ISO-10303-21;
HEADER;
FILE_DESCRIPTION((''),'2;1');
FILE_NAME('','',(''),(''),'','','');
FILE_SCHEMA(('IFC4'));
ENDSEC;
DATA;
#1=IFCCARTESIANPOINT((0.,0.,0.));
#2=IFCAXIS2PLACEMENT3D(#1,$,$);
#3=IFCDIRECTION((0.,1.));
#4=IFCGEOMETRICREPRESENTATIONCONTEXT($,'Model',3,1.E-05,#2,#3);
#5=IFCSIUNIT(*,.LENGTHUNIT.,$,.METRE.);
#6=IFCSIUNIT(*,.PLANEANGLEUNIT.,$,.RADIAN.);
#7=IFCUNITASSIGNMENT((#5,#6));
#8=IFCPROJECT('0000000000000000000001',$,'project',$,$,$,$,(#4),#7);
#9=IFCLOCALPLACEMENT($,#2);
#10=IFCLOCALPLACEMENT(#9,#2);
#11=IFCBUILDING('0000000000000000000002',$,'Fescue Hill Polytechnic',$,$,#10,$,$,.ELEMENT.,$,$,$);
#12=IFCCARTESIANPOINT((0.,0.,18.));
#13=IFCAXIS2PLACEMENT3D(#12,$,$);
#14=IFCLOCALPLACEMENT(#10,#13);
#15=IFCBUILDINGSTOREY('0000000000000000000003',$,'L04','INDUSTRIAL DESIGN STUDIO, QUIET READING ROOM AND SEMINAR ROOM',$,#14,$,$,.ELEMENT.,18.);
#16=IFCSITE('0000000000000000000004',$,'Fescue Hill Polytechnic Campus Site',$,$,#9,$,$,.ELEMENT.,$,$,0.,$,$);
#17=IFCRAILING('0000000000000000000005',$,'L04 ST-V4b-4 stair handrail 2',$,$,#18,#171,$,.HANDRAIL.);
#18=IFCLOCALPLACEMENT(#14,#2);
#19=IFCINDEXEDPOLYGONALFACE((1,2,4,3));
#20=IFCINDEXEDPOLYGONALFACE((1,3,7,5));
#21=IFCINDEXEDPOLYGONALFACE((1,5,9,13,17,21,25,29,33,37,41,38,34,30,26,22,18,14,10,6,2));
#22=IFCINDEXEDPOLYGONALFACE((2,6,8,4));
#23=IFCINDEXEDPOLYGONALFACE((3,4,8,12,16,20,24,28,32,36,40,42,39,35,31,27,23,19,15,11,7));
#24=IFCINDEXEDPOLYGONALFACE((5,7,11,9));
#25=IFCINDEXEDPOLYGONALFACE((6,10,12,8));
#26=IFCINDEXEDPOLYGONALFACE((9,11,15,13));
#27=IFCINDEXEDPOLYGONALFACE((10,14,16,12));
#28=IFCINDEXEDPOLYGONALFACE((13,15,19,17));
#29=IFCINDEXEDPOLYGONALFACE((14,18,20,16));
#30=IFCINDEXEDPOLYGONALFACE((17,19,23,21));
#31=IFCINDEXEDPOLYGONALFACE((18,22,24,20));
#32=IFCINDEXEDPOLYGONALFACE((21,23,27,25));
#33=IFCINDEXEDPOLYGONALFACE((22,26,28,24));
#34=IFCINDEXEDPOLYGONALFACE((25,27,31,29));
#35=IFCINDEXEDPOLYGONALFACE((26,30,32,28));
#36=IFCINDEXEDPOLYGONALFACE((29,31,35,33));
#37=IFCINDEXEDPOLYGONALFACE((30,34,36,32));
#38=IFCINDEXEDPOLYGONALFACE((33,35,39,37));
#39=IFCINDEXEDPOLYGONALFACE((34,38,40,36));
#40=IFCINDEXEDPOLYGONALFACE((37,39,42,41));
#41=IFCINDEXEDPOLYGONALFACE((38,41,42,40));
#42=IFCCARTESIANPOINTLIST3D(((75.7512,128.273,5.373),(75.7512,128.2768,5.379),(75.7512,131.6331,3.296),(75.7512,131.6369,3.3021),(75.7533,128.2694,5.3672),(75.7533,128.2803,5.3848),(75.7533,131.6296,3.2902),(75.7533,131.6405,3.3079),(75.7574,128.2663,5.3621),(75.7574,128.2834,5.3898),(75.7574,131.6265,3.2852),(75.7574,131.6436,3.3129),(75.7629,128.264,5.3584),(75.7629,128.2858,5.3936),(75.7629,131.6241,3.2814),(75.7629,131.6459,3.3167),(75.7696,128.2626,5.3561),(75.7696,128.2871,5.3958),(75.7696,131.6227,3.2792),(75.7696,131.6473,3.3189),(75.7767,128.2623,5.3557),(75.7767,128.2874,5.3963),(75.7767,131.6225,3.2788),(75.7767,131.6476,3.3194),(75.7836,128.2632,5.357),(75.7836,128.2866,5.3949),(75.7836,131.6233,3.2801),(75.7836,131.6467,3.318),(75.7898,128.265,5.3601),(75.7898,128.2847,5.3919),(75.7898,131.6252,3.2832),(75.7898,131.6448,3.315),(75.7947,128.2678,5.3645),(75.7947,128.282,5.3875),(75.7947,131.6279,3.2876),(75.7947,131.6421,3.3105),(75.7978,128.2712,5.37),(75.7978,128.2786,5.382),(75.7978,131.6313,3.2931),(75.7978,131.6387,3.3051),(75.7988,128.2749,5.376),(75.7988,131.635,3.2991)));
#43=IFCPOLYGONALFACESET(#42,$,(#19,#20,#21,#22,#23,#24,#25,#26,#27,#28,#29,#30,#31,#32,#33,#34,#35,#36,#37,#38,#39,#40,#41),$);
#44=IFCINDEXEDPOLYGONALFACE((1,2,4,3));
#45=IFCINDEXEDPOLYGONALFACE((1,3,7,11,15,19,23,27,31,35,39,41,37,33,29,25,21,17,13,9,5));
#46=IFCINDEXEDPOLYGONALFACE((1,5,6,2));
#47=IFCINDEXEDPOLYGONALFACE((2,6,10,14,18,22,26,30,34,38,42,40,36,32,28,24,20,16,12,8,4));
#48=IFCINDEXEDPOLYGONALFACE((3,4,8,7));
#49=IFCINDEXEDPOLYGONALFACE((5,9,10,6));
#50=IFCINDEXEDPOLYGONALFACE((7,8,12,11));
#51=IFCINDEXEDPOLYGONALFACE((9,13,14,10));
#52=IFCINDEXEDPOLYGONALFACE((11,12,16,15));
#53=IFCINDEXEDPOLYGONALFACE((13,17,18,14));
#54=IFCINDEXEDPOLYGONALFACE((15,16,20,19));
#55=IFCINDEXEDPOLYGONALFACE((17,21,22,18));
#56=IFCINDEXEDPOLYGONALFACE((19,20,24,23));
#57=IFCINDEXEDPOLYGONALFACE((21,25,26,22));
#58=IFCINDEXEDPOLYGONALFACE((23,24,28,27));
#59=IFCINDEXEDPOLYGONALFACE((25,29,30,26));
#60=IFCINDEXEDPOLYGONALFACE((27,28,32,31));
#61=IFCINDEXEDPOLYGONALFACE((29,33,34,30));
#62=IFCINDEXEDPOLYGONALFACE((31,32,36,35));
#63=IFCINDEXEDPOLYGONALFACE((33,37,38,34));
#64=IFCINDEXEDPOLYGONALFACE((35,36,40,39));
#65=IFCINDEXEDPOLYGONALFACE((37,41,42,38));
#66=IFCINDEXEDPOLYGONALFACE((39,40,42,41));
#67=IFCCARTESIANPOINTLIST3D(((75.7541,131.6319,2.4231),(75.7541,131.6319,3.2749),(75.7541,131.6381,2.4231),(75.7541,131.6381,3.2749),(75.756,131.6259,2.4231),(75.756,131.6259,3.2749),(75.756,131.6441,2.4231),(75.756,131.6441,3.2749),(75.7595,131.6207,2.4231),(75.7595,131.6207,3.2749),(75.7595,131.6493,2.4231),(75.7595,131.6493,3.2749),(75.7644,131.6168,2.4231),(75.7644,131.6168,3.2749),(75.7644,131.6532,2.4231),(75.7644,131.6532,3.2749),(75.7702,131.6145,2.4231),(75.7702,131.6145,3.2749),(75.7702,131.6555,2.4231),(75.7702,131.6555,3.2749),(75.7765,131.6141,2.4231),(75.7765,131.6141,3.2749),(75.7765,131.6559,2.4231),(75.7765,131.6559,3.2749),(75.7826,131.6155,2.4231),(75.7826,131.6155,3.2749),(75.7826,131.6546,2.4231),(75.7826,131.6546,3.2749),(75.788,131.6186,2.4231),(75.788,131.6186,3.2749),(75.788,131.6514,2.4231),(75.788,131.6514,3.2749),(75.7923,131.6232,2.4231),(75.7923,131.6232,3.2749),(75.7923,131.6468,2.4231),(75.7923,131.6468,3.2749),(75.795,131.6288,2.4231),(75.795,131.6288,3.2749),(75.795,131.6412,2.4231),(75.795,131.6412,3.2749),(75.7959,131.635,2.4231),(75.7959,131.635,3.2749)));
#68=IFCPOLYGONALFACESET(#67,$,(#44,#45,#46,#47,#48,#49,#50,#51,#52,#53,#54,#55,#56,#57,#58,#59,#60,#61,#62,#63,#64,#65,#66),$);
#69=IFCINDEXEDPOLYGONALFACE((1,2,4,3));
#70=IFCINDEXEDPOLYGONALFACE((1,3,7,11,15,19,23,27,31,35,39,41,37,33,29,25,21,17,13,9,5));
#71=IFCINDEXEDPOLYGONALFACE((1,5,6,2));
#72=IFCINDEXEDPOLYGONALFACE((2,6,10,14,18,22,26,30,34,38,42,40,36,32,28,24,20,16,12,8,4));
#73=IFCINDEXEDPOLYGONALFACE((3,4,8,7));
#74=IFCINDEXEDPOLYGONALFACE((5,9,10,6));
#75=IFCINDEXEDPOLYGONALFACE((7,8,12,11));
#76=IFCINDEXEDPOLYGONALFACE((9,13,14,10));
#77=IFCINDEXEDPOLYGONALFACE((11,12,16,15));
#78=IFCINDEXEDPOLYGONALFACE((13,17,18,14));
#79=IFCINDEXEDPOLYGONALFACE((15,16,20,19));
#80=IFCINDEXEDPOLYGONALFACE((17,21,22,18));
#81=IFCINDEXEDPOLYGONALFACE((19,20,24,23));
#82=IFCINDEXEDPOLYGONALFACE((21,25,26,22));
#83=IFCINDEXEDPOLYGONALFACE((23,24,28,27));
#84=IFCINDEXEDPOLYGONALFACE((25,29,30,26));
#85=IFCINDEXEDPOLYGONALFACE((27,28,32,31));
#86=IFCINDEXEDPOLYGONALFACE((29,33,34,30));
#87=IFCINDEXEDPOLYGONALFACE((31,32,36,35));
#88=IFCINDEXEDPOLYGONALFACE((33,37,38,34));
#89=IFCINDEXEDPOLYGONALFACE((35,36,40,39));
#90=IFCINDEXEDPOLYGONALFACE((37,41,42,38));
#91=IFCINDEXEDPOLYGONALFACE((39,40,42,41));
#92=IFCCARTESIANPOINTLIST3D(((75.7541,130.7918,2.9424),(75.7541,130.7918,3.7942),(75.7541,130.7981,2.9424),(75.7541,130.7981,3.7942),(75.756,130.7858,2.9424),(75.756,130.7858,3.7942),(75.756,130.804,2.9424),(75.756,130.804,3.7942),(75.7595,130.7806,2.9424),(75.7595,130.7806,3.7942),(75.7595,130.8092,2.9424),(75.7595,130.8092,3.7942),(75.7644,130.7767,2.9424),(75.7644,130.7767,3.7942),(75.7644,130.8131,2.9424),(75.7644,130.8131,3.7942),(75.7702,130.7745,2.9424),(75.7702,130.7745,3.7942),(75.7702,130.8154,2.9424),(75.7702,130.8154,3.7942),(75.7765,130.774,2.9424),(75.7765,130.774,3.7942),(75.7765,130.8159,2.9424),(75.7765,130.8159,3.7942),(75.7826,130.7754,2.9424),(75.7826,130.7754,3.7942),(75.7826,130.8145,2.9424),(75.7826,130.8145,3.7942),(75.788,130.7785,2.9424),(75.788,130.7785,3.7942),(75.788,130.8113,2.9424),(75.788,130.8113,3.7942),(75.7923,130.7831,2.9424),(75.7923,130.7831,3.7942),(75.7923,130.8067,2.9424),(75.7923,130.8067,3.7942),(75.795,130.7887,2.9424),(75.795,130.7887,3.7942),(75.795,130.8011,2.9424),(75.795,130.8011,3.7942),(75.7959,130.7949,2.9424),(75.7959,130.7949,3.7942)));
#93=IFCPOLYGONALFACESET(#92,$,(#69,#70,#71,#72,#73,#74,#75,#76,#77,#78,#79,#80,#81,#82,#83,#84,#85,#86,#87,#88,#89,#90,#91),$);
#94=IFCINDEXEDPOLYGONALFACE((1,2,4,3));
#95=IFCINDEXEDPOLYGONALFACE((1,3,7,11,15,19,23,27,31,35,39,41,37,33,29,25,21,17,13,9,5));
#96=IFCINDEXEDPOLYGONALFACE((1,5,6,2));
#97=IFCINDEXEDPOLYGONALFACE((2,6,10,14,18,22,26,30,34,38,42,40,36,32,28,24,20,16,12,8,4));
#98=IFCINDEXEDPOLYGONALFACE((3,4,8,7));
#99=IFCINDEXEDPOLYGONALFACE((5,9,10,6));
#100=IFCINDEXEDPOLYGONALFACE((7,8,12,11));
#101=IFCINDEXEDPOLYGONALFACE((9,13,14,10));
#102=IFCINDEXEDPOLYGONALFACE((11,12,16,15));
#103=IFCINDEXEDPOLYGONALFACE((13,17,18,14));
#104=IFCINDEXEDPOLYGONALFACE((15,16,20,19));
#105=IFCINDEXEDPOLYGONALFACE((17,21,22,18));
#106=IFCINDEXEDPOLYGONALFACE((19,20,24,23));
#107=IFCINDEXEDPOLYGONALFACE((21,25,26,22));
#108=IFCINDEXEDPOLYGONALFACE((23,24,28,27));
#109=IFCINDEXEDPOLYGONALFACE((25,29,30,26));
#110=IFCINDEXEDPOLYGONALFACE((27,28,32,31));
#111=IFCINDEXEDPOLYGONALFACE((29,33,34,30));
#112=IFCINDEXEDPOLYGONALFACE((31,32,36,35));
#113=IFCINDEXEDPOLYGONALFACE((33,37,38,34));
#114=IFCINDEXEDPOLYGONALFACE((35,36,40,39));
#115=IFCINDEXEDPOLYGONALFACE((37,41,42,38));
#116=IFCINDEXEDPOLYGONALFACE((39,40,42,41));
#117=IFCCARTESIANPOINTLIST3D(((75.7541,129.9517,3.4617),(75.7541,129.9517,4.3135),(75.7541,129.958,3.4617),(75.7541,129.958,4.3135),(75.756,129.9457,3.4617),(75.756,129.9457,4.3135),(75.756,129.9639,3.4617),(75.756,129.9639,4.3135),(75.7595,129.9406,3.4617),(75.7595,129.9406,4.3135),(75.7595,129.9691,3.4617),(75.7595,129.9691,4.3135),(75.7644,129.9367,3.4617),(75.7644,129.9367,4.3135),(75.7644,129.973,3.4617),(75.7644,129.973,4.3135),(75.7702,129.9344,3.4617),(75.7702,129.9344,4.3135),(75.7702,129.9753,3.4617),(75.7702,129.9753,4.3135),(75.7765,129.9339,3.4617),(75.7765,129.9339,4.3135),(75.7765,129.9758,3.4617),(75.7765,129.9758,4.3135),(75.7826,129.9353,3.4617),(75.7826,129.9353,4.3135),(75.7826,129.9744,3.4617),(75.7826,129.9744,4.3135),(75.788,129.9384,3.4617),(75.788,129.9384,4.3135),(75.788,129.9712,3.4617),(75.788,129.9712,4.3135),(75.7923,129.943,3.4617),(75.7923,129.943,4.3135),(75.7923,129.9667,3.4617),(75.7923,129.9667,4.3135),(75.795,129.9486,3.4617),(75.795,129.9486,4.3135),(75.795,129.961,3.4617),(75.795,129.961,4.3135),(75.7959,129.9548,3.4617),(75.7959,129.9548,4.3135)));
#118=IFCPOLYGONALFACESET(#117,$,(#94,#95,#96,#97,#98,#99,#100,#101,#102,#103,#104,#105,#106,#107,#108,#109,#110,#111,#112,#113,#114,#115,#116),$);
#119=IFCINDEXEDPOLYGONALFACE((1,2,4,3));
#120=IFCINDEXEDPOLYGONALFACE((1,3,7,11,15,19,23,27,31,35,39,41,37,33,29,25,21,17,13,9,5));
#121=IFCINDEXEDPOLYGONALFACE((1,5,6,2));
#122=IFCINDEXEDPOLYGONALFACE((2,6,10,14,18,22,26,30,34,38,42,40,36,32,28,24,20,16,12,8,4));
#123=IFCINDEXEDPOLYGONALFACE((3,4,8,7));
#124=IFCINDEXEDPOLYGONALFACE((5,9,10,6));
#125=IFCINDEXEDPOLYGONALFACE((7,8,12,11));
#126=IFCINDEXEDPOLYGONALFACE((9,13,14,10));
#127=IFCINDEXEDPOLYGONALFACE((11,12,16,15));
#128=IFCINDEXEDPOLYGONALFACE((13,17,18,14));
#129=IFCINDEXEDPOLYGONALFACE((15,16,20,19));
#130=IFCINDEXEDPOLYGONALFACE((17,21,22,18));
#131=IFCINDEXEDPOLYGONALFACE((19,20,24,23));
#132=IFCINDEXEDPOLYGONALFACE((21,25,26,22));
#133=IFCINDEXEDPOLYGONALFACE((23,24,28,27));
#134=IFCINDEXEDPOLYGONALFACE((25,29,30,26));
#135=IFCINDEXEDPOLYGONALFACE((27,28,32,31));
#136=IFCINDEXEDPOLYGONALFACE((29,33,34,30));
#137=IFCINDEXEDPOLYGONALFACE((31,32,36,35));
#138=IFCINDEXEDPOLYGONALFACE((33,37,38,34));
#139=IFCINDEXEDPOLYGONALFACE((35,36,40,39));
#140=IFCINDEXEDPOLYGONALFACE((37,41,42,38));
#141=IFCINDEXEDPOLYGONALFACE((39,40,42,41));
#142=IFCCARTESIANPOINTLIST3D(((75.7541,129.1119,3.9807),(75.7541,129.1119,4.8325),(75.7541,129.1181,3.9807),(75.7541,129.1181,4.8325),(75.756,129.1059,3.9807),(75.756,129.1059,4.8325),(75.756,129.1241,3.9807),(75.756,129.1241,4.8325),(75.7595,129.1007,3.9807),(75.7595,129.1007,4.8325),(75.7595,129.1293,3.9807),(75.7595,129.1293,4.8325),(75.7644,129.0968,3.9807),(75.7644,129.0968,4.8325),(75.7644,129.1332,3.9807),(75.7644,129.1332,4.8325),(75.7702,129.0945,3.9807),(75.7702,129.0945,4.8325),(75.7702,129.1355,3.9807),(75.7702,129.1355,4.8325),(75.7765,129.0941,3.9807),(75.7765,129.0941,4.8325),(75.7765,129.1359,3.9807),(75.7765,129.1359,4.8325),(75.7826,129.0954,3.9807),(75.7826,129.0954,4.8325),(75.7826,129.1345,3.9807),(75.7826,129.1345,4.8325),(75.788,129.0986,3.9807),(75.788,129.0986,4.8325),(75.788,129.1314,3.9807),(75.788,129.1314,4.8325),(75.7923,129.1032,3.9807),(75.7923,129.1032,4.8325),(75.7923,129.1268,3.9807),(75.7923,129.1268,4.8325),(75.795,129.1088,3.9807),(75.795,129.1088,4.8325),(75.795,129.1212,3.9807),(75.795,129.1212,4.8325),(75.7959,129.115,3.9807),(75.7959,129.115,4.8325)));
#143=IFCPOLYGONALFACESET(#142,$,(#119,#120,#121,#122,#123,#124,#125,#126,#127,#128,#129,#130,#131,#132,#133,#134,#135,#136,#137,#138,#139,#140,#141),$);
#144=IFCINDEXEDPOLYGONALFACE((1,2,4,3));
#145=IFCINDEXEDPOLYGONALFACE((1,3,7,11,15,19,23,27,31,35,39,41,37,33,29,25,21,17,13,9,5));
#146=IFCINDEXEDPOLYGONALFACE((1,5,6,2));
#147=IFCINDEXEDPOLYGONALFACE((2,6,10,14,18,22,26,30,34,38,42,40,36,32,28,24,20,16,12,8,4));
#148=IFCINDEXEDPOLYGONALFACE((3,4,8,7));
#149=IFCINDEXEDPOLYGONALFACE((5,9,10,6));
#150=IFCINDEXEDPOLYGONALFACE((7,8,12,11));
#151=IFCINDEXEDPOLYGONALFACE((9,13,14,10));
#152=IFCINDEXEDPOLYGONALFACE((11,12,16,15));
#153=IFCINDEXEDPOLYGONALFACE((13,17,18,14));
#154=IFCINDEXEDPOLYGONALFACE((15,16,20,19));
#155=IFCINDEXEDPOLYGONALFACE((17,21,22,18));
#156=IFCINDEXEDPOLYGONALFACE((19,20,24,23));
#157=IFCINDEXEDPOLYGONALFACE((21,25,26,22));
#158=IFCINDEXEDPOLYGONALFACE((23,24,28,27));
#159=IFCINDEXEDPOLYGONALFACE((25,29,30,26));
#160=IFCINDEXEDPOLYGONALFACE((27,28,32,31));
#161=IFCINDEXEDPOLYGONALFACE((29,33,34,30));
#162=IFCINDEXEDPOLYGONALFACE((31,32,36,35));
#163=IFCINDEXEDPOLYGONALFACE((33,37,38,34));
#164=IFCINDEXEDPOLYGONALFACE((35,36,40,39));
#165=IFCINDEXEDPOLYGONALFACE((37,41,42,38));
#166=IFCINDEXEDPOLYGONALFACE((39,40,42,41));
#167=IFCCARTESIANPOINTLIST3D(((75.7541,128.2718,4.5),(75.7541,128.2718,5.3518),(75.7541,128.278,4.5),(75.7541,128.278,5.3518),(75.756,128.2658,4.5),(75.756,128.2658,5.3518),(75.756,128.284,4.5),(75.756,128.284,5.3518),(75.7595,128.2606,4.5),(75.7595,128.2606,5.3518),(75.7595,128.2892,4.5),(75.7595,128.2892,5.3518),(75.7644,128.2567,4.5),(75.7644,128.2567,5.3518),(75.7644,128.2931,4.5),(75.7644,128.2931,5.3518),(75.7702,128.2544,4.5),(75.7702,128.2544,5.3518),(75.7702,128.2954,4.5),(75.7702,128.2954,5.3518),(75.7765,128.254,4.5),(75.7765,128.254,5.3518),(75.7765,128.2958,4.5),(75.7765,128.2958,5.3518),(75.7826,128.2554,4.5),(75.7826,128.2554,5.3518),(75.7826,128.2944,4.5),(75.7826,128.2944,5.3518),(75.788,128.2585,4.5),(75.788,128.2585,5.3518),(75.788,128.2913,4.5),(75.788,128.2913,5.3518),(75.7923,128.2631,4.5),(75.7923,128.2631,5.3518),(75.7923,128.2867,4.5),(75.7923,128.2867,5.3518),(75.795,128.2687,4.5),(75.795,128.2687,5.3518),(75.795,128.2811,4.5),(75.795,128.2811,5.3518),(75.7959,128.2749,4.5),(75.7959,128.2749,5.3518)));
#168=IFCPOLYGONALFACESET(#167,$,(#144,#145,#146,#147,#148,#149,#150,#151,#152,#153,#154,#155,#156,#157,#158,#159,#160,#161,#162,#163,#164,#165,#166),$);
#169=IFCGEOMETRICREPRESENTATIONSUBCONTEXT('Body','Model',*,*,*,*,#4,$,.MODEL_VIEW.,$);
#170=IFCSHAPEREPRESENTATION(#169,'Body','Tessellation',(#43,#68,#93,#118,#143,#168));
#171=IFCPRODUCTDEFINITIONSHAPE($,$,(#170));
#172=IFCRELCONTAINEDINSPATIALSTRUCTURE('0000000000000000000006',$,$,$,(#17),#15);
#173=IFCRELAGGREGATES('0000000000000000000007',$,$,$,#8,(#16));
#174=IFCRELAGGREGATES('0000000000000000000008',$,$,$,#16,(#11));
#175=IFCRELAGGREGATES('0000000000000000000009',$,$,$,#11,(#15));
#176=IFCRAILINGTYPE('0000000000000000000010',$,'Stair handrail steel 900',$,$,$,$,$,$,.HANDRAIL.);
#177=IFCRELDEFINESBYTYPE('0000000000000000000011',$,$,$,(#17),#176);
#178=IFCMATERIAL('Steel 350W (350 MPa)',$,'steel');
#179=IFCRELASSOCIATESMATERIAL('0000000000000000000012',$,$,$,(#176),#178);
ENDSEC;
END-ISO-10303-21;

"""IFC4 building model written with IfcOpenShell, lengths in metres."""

from ifc_helpers import new_model, si_unit, direction, frame, origin, origin_2d, place, context, subcontext, project, spatial, circle, extrude, material, type_object, element, save


model = new_model("IFC4")

# Units and contexts
model_context = context("Model", 3, precision=1e-05, world=origin(), true_north=direction((0.0, 1.0)))
body_context = subcontext(model_context, "Body", "Model", "MODEL_VIEW")
ifc_project = project(units=[si_unit("LENGTHUNIT", "METRE"), si_unit("PLANEANGLEUNIT", "RADIAN")], contexts=[model_context])

# Site, building, storey
site_placement = place(None, origin())
site = spatial("IfcSite", under=ifc_project, at=site_placement, Name="Fescue Hill Polytechnic Campus Site", CompositionType="ELEMENT", RefElevation=0.0)
building_placement = place(site_placement, origin())
building = spatial("IfcBuilding", under=site, at=building_placement, Name="Fescue Hill Polytechnic", CompositionType="ELEMENT")
storey_placement = place(building_placement, frame((0.0, 0.0, 18.0)))
storey = spatial("IfcBuildingStorey", under=building, at=storey_placement, Name="L04", Description="INDUSTRIAL DESIGN STUDIO, QUIET READING ROOM AND SEMINAR ROOM", CompositionType="ELEMENT", Elevation=18.0)

# Railing
ifc_material_1 = material(Name="Steel 350W (350 MPa)", Category="steel")
railing_type_1 = type_object("IfcRailingType", Name="Stair handrail steel 900", PredefinedType="HANDRAIL", material=ifc_material_1)
for number, where, name in (
    (1, (75.7749, 131.635, 2.4231), "L04 ST-V4b-4 stair handrail 2"),
):
    element("IfcRailing", number, at=place(storey_placement, frame(where)), inside=storey, type_object=railing_type_1, Name=name, PredefinedType="HANDRAIL", context=body_context, shape_type="SweptSolid", body=[
        extrude(circle(Radius=0.0239, at=origin_2d()), frame((0.0, 0.0, 0.876), z_axis=(0.0, -0.850623, 0.525776), x_axis=(1.0, 0.0, 0.0)), (0.0, 0.0, 1.0), 3.9502),
        extrude(circle(Radius=0.021, at=origin_2d()), origin(), (0.0, 0.0, 1.0), 0.8518),
        extrude(circle(Radius=0.021, at=origin_2d()), frame((0.0, -0.8401, 0.5193)), (0.0, 0.0, 1.0), 0.8518),
        extrude(circle(Radius=0.021, at=origin_2d()), frame((0.0, -1.6802, 1.0386)), (0.0, 0.0, 1.0), 0.8518),
        extrude(circle(Radius=0.021, at=origin_2d()), frame((0.0, -2.52, 1.5576)), (0.0, 0.0, 1.0), 0.8518),
        extrude(circle(Radius=0.021, at=origin_2d()), frame((0.0, -3.3601, 2.0769)), (0.0, 0.0, 1.0), 0.8518),
    ])

save(model, "model.ifc")
